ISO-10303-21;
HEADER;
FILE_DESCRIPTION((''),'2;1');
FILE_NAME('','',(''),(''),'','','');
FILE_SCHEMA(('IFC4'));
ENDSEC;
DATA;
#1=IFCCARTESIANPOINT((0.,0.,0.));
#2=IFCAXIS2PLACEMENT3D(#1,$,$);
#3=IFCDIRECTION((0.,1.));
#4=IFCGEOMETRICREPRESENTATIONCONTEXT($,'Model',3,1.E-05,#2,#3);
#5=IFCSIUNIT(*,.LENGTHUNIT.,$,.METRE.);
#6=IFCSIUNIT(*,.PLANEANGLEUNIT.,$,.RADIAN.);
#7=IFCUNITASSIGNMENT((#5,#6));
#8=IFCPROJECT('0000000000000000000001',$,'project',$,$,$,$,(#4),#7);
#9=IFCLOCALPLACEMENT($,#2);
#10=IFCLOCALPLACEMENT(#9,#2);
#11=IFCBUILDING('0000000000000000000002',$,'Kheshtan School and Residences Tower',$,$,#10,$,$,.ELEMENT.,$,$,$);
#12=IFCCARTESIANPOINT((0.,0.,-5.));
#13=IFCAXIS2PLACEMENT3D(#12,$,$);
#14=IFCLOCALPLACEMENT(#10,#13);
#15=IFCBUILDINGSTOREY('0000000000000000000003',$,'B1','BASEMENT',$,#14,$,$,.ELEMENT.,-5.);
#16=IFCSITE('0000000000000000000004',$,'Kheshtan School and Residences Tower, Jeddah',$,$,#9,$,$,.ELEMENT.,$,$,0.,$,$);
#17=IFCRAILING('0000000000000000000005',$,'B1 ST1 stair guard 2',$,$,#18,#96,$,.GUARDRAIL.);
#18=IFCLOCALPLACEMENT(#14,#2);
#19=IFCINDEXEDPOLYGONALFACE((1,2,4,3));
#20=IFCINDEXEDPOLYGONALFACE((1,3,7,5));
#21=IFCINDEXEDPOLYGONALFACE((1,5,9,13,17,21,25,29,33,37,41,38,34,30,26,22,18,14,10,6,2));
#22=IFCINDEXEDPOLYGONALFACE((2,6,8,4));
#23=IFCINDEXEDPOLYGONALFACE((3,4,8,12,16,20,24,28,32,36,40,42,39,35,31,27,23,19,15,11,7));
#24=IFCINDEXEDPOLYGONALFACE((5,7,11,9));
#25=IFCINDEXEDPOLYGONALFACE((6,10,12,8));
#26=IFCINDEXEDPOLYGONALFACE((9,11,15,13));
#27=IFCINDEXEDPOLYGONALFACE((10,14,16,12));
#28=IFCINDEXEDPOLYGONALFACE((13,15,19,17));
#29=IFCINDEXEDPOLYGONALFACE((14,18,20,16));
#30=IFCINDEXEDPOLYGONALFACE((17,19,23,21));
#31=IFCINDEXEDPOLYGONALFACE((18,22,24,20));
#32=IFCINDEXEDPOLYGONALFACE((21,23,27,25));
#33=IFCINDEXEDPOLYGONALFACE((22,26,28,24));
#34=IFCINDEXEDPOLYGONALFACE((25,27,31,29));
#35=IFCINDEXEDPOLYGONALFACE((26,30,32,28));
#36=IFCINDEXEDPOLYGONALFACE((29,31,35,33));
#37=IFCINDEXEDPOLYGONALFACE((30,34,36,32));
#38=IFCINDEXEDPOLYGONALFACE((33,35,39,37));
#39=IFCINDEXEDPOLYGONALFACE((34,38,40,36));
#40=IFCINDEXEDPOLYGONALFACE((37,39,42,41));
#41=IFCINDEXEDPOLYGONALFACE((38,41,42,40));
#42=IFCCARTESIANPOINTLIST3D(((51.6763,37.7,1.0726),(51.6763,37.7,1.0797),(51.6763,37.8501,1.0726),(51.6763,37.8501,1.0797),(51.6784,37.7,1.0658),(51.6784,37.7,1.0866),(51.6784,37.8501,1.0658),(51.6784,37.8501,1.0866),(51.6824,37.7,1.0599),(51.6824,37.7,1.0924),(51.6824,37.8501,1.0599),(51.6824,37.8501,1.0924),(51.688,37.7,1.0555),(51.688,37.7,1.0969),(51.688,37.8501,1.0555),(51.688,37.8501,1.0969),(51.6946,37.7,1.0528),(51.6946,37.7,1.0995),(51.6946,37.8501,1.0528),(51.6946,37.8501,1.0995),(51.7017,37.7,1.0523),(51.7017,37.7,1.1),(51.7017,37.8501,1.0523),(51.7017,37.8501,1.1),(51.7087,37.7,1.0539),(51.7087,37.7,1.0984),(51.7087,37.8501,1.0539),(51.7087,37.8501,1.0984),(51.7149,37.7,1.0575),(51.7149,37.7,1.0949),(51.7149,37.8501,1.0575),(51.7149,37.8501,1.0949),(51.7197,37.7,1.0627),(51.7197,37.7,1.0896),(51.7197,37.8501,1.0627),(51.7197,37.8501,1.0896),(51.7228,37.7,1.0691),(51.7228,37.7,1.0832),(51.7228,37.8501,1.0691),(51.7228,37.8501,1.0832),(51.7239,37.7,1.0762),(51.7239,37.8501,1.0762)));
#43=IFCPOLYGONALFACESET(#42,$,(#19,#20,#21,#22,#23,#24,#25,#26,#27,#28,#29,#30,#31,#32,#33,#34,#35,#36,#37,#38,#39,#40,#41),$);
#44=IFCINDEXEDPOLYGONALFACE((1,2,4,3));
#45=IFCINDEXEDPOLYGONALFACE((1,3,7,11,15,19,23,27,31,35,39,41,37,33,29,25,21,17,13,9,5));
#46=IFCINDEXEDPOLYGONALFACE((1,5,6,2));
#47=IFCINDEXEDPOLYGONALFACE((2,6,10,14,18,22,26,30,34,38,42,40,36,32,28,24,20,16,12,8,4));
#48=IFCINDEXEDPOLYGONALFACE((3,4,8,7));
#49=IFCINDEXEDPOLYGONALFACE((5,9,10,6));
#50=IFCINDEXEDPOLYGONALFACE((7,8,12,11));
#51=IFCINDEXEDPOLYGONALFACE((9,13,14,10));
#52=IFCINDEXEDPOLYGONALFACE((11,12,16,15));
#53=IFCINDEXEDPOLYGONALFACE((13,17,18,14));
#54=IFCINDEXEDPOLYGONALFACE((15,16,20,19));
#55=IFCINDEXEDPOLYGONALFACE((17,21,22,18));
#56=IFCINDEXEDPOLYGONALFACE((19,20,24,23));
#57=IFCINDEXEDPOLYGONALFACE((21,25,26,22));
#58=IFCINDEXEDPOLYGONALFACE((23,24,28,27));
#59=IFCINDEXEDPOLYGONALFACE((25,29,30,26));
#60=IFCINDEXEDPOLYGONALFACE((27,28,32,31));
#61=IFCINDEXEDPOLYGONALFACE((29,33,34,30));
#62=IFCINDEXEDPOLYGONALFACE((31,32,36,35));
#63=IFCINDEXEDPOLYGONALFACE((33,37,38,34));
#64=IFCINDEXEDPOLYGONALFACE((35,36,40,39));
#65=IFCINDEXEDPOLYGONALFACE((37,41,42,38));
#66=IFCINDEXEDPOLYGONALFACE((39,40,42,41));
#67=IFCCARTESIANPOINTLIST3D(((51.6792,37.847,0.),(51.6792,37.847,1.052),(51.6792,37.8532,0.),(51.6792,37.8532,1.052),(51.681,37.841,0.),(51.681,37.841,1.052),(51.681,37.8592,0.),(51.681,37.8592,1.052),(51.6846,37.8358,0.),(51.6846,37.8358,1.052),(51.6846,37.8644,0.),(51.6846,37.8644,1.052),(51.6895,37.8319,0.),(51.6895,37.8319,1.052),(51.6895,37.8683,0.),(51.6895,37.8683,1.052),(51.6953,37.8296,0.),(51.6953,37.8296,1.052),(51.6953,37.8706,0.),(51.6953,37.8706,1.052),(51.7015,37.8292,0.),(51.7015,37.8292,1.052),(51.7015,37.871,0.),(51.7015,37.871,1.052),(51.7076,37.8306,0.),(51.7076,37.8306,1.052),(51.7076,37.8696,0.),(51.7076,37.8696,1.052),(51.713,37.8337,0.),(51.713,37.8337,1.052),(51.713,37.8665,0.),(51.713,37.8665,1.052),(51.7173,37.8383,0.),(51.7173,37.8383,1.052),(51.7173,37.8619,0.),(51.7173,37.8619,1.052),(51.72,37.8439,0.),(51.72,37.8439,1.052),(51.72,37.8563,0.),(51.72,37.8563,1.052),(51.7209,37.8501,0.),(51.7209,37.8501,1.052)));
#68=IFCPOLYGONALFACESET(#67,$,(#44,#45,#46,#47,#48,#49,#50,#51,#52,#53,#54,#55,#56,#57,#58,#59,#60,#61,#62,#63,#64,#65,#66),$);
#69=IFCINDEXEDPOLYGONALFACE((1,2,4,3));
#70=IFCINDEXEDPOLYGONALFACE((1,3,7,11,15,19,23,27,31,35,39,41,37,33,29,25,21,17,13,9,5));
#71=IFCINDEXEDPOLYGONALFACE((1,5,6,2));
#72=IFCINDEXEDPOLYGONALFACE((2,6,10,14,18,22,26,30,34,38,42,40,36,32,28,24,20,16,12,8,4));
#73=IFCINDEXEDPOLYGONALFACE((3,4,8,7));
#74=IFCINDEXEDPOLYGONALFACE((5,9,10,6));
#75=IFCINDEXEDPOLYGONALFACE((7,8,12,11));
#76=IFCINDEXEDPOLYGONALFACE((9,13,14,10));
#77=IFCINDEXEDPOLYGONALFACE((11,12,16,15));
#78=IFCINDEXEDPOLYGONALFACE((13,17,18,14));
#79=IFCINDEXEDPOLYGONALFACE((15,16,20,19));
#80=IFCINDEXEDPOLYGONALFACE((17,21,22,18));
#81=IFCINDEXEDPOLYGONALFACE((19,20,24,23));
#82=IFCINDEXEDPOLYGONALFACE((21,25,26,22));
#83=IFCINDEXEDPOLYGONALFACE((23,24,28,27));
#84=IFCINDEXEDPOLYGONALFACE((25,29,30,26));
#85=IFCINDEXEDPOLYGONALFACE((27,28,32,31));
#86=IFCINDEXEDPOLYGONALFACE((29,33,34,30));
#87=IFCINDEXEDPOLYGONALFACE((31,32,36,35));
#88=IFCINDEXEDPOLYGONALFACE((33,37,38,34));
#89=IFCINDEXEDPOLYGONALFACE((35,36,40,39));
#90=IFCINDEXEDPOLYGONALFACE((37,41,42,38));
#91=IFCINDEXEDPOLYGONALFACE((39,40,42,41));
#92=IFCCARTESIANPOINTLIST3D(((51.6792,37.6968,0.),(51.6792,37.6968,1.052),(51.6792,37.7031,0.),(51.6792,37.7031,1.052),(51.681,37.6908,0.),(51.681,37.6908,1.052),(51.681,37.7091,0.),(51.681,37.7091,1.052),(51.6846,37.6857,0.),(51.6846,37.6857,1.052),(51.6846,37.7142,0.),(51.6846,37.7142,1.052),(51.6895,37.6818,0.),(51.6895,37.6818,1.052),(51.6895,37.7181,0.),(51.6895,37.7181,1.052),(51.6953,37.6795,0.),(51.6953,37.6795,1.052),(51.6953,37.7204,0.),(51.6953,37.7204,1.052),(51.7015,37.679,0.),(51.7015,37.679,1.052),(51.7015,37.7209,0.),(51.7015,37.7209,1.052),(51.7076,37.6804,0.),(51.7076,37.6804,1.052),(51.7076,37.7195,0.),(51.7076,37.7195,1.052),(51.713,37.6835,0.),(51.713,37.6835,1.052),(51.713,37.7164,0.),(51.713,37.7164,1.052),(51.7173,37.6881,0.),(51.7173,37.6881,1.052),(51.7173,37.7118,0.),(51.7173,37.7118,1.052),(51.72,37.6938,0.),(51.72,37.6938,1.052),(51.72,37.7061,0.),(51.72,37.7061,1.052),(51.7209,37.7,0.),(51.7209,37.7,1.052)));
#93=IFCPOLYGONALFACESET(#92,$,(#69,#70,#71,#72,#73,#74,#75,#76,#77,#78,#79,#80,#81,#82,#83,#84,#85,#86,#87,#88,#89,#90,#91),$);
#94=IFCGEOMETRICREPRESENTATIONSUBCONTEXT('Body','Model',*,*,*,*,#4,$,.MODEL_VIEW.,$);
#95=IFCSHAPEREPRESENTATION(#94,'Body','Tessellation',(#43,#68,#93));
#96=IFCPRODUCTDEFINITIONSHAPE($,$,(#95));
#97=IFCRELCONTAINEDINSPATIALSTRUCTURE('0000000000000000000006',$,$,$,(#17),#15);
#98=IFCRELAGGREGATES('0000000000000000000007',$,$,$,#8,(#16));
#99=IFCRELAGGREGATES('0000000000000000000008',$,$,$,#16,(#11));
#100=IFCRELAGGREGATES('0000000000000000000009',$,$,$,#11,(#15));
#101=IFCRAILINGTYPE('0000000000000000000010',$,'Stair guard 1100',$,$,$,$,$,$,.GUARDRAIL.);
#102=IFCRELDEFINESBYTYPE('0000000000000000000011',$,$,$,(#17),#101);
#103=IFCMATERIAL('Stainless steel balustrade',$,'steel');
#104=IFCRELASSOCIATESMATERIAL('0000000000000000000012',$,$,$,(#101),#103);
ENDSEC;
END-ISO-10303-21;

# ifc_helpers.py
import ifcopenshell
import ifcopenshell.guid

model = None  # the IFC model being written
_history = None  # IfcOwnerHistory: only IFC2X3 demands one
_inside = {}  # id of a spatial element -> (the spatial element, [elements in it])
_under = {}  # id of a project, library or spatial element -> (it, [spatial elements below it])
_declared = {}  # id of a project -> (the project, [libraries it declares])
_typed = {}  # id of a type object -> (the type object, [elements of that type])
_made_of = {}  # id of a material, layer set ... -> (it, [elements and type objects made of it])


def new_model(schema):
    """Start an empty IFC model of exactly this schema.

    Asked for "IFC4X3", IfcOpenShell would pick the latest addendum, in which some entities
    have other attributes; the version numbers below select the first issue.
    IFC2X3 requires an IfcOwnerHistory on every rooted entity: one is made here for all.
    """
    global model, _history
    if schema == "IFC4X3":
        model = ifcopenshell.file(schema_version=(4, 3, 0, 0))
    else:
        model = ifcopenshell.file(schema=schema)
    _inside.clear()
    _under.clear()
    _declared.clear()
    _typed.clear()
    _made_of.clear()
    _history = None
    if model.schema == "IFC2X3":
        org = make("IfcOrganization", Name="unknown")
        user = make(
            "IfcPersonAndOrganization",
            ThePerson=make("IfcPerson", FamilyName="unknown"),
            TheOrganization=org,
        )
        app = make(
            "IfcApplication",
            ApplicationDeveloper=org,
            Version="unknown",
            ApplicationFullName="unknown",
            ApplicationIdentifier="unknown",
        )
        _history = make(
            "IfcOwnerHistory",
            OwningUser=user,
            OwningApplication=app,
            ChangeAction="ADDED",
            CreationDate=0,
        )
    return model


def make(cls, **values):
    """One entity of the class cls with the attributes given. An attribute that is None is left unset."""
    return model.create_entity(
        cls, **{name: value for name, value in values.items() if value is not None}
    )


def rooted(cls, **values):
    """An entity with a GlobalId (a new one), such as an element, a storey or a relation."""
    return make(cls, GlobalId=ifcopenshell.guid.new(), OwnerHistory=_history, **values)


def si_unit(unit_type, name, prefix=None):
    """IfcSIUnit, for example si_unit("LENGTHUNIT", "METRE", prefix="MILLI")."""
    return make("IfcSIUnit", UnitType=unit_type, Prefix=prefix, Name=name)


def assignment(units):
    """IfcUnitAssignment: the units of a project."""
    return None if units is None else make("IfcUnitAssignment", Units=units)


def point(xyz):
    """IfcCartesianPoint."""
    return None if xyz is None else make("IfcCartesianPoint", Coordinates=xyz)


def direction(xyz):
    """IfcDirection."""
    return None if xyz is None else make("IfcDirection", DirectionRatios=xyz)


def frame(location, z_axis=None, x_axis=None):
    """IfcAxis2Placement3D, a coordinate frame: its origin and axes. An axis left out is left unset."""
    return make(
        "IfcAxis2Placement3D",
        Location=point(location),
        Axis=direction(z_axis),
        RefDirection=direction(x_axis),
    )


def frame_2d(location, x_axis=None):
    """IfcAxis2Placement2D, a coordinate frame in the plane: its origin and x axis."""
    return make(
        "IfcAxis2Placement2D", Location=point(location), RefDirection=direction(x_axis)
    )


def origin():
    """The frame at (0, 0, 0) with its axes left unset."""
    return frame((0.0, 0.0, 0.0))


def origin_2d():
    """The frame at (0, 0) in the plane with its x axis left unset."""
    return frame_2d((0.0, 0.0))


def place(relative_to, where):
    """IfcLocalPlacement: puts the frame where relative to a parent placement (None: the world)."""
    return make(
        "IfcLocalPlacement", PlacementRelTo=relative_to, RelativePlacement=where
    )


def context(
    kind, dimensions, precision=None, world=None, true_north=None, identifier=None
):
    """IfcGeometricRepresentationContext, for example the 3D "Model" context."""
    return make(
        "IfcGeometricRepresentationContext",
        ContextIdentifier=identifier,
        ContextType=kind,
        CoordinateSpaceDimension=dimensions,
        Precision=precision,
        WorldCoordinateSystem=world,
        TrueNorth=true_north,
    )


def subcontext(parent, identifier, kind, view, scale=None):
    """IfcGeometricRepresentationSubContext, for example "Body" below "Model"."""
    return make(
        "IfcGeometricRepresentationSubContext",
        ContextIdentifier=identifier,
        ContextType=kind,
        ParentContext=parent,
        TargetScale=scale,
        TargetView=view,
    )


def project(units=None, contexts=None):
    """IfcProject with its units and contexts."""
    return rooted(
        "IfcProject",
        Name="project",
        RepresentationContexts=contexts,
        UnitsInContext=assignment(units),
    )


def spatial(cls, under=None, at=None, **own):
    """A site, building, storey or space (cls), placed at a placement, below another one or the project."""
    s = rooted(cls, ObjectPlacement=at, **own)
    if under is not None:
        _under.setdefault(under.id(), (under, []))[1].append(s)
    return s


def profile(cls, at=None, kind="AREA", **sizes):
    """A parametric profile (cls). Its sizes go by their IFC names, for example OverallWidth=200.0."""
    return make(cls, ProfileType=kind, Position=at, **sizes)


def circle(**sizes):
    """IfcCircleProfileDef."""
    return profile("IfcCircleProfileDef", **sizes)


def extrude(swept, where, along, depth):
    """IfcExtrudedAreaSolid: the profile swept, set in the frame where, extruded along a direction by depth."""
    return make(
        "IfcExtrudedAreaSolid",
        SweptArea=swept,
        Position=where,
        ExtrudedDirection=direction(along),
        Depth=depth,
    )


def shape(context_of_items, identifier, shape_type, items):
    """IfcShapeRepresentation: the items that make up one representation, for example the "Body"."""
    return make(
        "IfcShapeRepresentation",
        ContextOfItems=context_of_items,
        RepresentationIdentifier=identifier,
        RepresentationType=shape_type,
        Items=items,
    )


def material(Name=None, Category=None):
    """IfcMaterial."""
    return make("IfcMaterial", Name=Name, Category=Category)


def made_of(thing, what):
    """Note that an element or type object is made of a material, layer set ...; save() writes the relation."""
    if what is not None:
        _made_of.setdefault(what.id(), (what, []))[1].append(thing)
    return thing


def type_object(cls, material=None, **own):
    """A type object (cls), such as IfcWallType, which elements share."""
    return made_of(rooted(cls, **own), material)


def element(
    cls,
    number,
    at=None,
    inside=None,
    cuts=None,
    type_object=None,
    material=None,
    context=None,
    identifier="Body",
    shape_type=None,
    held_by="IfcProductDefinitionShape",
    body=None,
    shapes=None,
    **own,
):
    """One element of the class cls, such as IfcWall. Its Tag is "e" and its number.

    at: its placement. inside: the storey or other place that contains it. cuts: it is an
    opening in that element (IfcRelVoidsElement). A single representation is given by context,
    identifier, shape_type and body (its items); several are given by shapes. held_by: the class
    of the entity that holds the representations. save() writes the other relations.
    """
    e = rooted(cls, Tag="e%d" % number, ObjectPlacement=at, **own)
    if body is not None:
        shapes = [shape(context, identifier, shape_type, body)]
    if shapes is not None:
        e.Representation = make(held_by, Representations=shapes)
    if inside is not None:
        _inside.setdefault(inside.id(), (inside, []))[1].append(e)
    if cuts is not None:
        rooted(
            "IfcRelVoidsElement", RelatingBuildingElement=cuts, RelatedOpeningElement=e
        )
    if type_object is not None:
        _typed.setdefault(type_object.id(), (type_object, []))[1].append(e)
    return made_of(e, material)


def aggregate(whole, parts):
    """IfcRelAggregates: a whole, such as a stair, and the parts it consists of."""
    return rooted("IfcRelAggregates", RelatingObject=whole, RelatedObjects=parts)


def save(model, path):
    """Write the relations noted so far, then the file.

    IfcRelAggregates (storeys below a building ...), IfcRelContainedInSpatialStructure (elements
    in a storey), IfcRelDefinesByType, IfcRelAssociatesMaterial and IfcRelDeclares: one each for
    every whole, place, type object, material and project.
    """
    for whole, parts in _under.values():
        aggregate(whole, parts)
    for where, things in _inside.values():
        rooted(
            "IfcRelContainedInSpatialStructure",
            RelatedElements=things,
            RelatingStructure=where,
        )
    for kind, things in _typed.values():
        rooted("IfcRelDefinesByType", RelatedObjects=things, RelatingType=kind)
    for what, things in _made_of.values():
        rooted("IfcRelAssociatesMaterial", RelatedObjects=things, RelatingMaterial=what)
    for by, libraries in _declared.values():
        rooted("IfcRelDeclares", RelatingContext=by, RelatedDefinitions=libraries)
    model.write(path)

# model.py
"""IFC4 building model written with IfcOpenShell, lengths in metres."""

from ifc_helpers import new_model, si_unit, direction, frame, origin, origin_2d, place, context, subcontext, project, spatial, circle, extrude, material, type_object, element, save


model = new_model("IFC4")

# Units and contexts
model_context = context("Model", 3, precision=1e-05, world=origin(), true_north=direction((0.0, 1.0)))
body_context = subcontext(model_context, "Body", "Model", "MODEL_VIEW")
ifc_project = project(units=[si_unit("LENGTHUNIT", "METRE"), si_unit("PLANEANGLEUNIT", "RADIAN")], contexts=[model_context])

# Site, building, storey
site_placement = place(None, origin())
site = spatial("IfcSite", under=ifc_project, at=site_placement, Name="Kheshtan School and Residences Tower, Jeddah", CompositionType="ELEMENT", RefElevation=0.0)
building_placement = place(site_placement, origin())
building = spatial("IfcBuilding", under=site, at=building_placement, Name="Kheshtan School and Residences Tower", CompositionType="ELEMENT")
storey_placement = place(building_placement, frame((0.0, 0.0, -5.0)))
storey = spatial("IfcBuildingStorey", under=building, at=storey_placement, Name="B1", Description="BASEMENT", CompositionType="ELEMENT", Elevation=-5.0)

# Railing
ifc_material_1 = material(Name="Stainless steel balustrade", Category="steel")
railing_type_1 = type_object("IfcRailingType", Name="Stair guard 1100", PredefinedType="GUARDRAIL", material=ifc_material_1)
railing_1_placement = place(storey_placement, frame((51.7, 37.8501, 0.0)))
element("IfcRailing", 1, at=railing_1_placement, inside=storey, type_object=railing_type_1, Name="B1 ST1 stair guard 2", PredefinedType="GUARDRAIL", context=body_context, shape_type="SweptSolid", body=[
    extrude(circle(Radius=0.0239, at=origin_2d()), frame((0.0, 0.0, 1.0762), z_axis=(0.0, -1.0, 0.0), x_axis=(1.0, 0.0, 0.0)), (0.0, 0.0, 1.0), 0.1501),
    extrude(circle(Radius=0.021, at=origin_2d()), origin(), (0.0, 0.0, 1.0), 1.052),
    extrude(circle(Radius=0.021, at=origin_2d()), frame((0.0, -0.1501, 0.0)), (0.0, 0.0, 1.0), 1.052),
])

save(model, "model.ifc")
